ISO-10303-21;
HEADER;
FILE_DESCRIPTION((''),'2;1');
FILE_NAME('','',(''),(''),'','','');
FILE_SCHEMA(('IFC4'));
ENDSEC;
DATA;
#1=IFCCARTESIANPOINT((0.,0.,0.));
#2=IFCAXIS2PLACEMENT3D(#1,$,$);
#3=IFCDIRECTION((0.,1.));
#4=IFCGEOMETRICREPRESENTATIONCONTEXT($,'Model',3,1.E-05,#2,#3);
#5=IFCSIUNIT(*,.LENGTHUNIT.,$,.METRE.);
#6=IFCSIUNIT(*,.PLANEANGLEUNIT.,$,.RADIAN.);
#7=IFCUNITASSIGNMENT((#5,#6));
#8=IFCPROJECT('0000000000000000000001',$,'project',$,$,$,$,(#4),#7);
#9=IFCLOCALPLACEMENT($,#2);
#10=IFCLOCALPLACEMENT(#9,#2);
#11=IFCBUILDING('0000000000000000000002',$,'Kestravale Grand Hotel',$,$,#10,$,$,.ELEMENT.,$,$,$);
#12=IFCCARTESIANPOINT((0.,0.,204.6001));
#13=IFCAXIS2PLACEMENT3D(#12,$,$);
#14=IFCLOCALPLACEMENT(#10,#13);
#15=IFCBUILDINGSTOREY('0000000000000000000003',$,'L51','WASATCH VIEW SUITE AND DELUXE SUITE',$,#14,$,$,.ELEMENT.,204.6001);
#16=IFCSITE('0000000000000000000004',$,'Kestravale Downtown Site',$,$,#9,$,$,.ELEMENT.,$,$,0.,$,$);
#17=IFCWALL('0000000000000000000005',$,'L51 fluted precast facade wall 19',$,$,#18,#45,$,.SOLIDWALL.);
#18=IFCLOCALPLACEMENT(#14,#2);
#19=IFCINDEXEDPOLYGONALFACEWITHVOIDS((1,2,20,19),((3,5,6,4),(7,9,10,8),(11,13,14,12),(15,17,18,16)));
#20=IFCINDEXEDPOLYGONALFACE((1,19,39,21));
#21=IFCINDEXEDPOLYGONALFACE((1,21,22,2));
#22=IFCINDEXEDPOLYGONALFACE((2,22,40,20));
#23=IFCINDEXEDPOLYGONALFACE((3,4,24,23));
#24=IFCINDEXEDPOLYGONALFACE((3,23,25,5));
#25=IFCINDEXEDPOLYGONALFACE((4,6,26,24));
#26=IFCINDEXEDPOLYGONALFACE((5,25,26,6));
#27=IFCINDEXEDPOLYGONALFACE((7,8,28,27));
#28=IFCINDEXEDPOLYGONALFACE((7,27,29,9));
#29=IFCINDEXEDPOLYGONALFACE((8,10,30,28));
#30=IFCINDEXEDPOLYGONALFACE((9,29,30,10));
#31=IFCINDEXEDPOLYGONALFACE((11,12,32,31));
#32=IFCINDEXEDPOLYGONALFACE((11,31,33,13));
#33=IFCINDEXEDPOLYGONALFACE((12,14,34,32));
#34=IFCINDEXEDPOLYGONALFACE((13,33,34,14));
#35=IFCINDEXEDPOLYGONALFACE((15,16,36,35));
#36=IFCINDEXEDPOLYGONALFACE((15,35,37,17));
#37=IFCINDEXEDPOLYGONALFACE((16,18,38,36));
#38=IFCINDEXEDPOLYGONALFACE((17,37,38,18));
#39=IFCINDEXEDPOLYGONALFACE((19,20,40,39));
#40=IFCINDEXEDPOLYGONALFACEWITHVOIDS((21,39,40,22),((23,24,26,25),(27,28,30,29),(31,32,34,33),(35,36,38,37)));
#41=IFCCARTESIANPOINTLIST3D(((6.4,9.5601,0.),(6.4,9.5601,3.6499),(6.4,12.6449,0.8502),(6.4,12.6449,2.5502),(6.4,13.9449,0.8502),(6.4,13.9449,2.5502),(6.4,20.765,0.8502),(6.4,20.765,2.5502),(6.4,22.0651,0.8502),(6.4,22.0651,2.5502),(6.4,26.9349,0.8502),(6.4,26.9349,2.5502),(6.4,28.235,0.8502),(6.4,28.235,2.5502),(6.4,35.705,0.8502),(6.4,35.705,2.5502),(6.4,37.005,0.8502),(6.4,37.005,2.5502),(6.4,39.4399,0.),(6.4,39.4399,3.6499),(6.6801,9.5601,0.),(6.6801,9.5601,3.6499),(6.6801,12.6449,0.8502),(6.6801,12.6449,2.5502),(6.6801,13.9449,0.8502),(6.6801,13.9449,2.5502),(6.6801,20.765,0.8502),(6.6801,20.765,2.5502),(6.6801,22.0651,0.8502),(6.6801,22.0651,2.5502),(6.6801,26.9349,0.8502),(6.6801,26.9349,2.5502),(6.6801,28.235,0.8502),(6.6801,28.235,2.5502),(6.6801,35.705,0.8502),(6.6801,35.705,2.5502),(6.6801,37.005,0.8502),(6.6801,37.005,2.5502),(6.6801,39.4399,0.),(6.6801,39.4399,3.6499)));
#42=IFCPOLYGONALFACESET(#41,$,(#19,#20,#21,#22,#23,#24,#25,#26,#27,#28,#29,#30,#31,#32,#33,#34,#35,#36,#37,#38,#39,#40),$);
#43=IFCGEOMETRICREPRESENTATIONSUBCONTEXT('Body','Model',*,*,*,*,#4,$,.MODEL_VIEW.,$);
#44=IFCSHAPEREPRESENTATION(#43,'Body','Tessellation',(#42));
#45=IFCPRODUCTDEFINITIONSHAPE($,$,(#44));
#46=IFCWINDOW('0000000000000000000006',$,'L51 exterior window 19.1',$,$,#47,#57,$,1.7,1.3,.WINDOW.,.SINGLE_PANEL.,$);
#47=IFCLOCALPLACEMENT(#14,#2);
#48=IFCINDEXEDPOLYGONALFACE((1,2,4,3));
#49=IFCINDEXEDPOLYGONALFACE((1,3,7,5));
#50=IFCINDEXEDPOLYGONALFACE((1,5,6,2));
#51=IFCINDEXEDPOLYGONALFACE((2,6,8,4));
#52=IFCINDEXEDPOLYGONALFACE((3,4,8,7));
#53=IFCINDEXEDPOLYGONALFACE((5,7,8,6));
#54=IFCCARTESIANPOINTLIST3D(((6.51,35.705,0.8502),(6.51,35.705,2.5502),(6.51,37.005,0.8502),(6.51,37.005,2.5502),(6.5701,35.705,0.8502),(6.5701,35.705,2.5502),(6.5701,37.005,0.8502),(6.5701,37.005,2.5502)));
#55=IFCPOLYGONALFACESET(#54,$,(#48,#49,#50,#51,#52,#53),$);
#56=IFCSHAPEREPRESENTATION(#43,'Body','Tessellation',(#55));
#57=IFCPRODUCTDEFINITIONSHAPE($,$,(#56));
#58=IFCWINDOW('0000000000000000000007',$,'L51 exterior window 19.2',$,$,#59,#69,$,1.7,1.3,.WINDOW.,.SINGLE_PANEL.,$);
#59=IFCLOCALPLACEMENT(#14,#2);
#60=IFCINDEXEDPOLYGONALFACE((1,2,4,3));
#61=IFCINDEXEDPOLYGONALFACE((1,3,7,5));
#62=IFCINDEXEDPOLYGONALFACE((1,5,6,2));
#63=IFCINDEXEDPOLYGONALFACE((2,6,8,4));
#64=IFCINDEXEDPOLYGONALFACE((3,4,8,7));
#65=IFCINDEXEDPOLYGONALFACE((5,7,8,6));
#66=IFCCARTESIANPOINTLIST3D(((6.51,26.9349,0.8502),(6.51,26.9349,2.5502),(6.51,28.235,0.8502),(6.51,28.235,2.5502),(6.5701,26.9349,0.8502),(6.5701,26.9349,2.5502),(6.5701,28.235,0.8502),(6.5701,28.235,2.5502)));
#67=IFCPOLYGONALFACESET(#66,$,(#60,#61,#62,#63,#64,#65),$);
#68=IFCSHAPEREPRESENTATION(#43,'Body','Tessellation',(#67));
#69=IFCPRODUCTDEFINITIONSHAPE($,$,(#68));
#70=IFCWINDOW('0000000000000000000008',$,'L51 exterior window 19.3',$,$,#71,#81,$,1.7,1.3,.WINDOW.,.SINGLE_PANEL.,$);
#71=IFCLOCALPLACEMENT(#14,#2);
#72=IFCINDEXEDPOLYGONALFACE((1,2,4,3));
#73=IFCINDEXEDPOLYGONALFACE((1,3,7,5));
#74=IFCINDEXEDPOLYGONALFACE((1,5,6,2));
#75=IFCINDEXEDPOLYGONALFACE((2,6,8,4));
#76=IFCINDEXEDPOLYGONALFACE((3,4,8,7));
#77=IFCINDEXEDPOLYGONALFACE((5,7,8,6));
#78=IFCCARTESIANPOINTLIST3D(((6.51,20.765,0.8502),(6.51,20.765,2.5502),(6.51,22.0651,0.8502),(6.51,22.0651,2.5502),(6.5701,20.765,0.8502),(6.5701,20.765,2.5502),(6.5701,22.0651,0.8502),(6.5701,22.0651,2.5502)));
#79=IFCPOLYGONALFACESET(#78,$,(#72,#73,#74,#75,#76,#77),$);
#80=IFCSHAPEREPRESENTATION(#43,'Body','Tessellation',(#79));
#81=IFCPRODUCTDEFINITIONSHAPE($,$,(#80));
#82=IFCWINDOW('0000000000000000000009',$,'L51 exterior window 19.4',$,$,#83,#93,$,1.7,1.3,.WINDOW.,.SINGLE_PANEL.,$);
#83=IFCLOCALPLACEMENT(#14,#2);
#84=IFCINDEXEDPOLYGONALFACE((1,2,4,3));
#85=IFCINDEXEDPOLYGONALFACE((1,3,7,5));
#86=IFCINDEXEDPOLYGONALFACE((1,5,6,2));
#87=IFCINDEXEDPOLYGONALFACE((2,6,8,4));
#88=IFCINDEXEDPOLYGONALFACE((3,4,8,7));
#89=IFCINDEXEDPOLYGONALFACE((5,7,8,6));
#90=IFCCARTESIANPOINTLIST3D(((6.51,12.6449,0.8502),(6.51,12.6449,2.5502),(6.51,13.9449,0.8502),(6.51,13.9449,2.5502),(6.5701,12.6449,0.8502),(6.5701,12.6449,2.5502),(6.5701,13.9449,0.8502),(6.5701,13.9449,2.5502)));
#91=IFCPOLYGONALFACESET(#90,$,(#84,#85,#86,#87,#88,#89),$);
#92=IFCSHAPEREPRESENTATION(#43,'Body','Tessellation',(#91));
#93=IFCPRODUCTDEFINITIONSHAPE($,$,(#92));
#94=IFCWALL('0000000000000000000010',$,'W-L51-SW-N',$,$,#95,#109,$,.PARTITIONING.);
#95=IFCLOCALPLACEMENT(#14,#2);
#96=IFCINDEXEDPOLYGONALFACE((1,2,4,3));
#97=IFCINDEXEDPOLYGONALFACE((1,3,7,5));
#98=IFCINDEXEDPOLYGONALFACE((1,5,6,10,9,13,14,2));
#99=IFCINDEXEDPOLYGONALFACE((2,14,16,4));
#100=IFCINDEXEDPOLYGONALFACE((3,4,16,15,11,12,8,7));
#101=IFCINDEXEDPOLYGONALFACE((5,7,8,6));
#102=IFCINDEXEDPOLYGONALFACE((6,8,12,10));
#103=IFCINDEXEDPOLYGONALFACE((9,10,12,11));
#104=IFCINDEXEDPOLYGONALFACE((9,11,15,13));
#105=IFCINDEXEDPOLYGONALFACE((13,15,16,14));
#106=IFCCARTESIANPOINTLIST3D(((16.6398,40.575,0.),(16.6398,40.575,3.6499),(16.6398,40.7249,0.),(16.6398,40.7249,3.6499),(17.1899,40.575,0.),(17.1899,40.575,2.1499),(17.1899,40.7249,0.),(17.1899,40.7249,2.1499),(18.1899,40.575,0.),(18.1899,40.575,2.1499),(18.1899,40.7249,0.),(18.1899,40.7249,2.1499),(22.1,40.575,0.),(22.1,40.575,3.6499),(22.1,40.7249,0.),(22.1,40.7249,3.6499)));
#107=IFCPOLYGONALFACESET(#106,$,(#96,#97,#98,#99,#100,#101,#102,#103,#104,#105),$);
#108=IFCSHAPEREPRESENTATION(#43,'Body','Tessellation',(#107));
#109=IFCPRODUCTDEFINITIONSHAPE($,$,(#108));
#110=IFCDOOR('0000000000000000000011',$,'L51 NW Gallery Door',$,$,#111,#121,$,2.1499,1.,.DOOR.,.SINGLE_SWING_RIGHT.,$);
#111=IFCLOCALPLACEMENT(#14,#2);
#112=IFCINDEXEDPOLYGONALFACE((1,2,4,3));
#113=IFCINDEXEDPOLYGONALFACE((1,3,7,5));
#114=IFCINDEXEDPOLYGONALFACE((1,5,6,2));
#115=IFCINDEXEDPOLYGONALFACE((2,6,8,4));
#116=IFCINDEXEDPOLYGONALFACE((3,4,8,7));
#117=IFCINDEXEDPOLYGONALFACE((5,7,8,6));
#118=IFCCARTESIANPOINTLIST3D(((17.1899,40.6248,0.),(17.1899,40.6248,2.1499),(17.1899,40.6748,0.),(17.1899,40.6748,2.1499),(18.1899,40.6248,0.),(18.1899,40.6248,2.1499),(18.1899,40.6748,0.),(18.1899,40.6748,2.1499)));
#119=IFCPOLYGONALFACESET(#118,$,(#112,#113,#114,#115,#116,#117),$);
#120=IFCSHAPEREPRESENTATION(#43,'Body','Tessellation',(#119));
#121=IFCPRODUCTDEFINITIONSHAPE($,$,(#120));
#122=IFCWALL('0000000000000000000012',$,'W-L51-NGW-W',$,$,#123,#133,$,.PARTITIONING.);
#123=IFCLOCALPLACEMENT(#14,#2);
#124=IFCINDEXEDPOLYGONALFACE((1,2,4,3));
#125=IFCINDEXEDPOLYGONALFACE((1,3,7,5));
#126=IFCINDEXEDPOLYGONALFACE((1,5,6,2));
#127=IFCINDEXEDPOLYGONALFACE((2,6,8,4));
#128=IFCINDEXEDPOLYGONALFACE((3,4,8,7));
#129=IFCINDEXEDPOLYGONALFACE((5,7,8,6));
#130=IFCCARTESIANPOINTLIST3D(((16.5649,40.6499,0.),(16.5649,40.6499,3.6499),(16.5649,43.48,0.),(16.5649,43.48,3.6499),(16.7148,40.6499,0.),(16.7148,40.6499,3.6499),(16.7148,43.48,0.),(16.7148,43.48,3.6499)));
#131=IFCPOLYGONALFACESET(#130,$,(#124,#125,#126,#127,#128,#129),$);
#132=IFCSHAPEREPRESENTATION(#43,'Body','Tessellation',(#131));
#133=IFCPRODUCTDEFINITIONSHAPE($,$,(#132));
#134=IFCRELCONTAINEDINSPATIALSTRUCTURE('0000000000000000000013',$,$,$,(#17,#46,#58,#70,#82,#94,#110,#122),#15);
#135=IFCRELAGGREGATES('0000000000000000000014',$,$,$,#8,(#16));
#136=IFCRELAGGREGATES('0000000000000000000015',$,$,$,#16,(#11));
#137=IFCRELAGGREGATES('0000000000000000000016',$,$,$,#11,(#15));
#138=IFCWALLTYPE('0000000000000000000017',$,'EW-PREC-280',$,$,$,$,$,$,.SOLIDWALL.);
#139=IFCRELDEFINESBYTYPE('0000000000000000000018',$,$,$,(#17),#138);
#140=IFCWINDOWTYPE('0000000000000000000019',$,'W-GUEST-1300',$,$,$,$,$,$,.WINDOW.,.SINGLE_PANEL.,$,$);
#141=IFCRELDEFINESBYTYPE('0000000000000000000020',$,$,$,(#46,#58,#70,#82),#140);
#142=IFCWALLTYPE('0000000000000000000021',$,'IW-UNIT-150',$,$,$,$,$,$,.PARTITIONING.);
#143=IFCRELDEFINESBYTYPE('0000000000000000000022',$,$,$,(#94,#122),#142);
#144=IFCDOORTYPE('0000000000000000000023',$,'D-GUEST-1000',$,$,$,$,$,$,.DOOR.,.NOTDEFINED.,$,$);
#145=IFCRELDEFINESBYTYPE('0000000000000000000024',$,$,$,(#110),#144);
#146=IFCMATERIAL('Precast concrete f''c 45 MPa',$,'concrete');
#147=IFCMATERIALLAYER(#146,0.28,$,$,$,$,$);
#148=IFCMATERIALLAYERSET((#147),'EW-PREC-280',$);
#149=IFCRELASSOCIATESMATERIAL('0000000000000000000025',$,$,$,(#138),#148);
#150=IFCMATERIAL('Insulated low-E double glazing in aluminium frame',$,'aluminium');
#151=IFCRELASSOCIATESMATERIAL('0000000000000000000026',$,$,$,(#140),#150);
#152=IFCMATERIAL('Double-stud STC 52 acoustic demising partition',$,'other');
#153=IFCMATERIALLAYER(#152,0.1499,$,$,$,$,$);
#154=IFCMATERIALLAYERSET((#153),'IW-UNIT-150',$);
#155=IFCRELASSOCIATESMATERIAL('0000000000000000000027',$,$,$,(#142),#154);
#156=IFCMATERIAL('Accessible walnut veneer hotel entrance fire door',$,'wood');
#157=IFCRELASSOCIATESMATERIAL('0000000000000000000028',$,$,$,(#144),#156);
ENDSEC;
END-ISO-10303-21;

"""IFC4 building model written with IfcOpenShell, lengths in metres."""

from ifc_helpers import new_model, si_unit, direction, frame, frame_2d, origin, place, context, subcontext, project, spatial, rectangle, extrude, material, layer, layer_set, type_object, element, fill, save


model = new_model("IFC4")

# Units and contexts
model_context = context("Model", 3, precision=1e-05, world=origin(), true_north=direction((0.0, 1.0)))
body_context = subcontext(model_context, "Body", "Model", "MODEL_VIEW")
ifc_project = project(units=[si_unit("LENGTHUNIT", "METRE"), si_unit("PLANEANGLEUNIT", "RADIAN")], contexts=[model_context])

# Site, building, storey
site_placement = place(None, origin())
site = spatial("IfcSite", under=ifc_project, at=site_placement, Name="Kestravale Downtown Site", CompositionType="ELEMENT", RefElevation=0.0)
building_placement = place(site_placement, origin())
building = spatial("IfcBuilding", under=site, at=building_placement, Name="Kestravale Grand Hotel", CompositionType="ELEMENT")
storey_placement = place(building_placement, frame((0.0, 0.0, 204.6001)))
storey = spatial("IfcBuildingStorey", under=building, at=storey_placement, Name="L51", Description="WASATCH VIEW SUITE AND DELUXE SUITE", CompositionType="ELEMENT", Elevation=204.6001)

# Wall, openings, windows
ifc_material_1 = material(Name="Precast concrete f'c 45 MPa", Category="concrete")
ifc_layer_1 = layer(ifc_material_1, 0.28)
ifc_layer_set_1 = layer_set([ifc_layer_1], Name="EW-PREC-280")
wall_type_1 = type_object("IfcWallType", Name="EW-PREC-280", PredefinedType="SOLIDWALL", material=ifc_layer_set_1)
wall_1_placement = place(storey_placement, frame((6.54, 39.4399, 0.0), z_axis=(0.0, 0.0, 1.0), x_axis=(0.0, -1.0, 0.0)))
wall_1 = element("IfcWall", 1, at=wall_1_placement, inside=storey, type_object=wall_type_1, Name="L51 fluted precast facade wall 19", PredefinedType="SOLIDWALL", context=body_context, shape_type="SweptSolid", body=[
    extrude(rectangle(XDim=29.8799, YDim=0.28, at=frame_2d((14.9399, 0.0))), origin(), (0.0, 0.0, 1.0), 3.6499),
])
opening_1_placement = place(wall_1_placement, frame((2.4351, 0.0, 0.8501)))
opening_1 = element("IfcOpeningElement", 2, at=opening_1_placement, cuts=wall_1, PredefinedType="OPENING", context=body_context, shape_type="SweptSolid", body=[
    extrude(rectangle(XDim=1.3, YDim=1.7, at=frame_2d((0.6499, 0.8501))), frame((0.0, 0.1499, 0.0), z_axis=(0.0, -1.0, 0.0), x_axis=(1.0, 0.0, 0.0)), (0.0, 0.0, 1.0), 0.3),
])
opening_2_placement = place(wall_1_placement, frame((11.2051, 0.0, 0.8501)))
opening_2 = element("IfcOpeningElement", 3, at=opening_2_placement, cuts=wall_1, PredefinedType="OPENING", context=body_context, shape_type="SweptSolid", body=[
    extrude(rectangle(XDim=1.3, YDim=1.7, at=frame_2d((0.6499, 0.8501))), frame((0.0, 0.1499, 0.0), z_axis=(0.0, -1.0, 0.0), x_axis=(1.0, 0.0, 0.0)), (0.0, 0.0, 1.0), 0.3),
])
opening_3_placement = place(wall_1_placement, frame((17.375, 0.0, 0.8501)))
opening_3 = element("IfcOpeningElement", 4, at=opening_3_placement, cuts=wall_1, PredefinedType="OPENING", context=body_context, shape_type="SweptSolid", body=[
    extrude(rectangle(XDim=1.3, YDim=1.7, at=frame_2d((0.6499, 0.8501))), frame((0.0, 0.1499, 0.0), z_axis=(0.0, -1.0, 0.0), x_axis=(1.0, 0.0, 0.0)), (0.0, 0.0, 1.0), 0.3),
])
opening_4_placement = place(wall_1_placement, frame((25.4951, 0.0, 0.8501)))
opening_4 = element("IfcOpeningElement", 5, at=opening_4_placement, cuts=wall_1, PredefinedType="OPENING", context=body_context, shape_type="SweptSolid", body=[
    extrude(rectangle(XDim=1.3, YDim=1.7, at=frame_2d((0.6499, 0.8501))), frame((0.0, 0.1499, 0.0), z_axis=(0.0, -1.0, 0.0), x_axis=(1.0, 0.0, 0.0)), (0.0, 0.0, 1.0), 0.3),
])
ifc_material_2 = material(Name="Insulated low-E double glazing in aluminium frame", Category="aluminium")
window_type = type_object("IfcWindowType", Name="W-GUEST-1300", PartitioningType="SINGLE_PANEL", PredefinedType="WINDOW", material=ifc_material_2)
window_1_placement = place(opening_1_placement, origin())
window_1 = element("IfcWindow", 6, at=window_1_placement, inside=storey, type_object=window_type, Name="L51 exterior window 19.1", OverallHeight=1.7, OverallWidth=1.3, PartitioningType="SINGLE_PANEL", PredefinedType="WINDOW", context=body_context, shape_type="SweptSolid", body=[
    extrude(rectangle(XDim=1.3, YDim=1.7, at=frame_2d((0.6499, 0.8501))), frame((0.0, 0.03, 0.0), z_axis=(0.0, -1.0, 0.0), x_axis=(1.0, 0.0, 0.0)), (0.0, 0.0, 1.0), 0.0601),
])
fill(opening_1, window_1)
window_2_placement = place(opening_2_placement, origin())
window_2 = element("IfcWindow", 7, at=window_2_placement, inside=storey, type_object=window_type, Name="L51 exterior window 19.2", OverallHeight=1.7, OverallWidth=1.3, PartitioningType="SINGLE_PANEL", PredefinedType="WINDOW", context=body_context, shape_type="SweptSolid", body=[
    extrude(rectangle(XDim=1.3, YDim=1.7, at=frame_2d((0.6499, 0.8501))), frame((0.0, 0.03, 0.0), z_axis=(0.0, -1.0, 0.0), x_axis=(1.0, 0.0, 0.0)), (0.0, 0.0, 1.0), 0.0601),
])
fill(opening_2, window_2)
window_3_placement = place(opening_3_placement, origin())
window_3 = element("IfcWindow", 8, at=window_3_placement, inside=storey, type_object=window_type, Name="L51 exterior window 19.3", OverallHeight=1.7, OverallWidth=1.3, PartitioningType="SINGLE_PANEL", PredefinedType="WINDOW", context=body_context, shape_type="SweptSolid", body=[
    extrude(rectangle(XDim=1.3, YDim=1.7, at=frame_2d((0.6499, 0.8501))), frame((0.0, 0.03, 0.0), z_axis=(0.0, -1.0, 0.0), x_axis=(1.0, 0.0, 0.0)), (0.0, 0.0, 1.0), 0.0601),
])
fill(opening_3, window_3)
window_4_placement = place(opening_4_placement, origin())
window_4 = element("IfcWindow", 9, at=window_4_placement, inside=storey, type_object=window_type, Name="L51 exterior window 19.4", OverallHeight=1.7, OverallWidth=1.3, PartitioningType="SINGLE_PANEL", PredefinedType="WINDOW", context=body_context, shape_type="SweptSolid", body=[
    extrude(rectangle(XDim=1.3, YDim=1.7, at=frame_2d((0.6499, 0.8501))), frame((0.0, 0.03, 0.0), z_axis=(0.0, -1.0, 0.0), x_axis=(1.0, 0.0, 0.0)), (0.0, 0.0, 1.0), 0.0601),
])
fill(opening_4, window_4)

# Wall, opening, door
ifc_material_3 = material(Name="Double-stud STC 52 acoustic demising partition", Category="other")
ifc_layer_2 = layer(ifc_material_3, 0.1499)
ifc_layer_set_2 = layer_set([ifc_layer_2], Name="IW-UNIT-150")
wall_type_2 = type_object("IfcWallType", Name="IW-UNIT-150", PredefinedType="PARTITIONING", material=ifc_layer_set_2)
wall_2_placement = place(storey_placement, frame((16.6399, 40.6499, 0.0), z_axis=(0.0, 0.0, 1.0), x_axis=(1.0, 0.0, 0.0)))
wall_2 = element("IfcWall", 10, at=wall_2_placement, inside=storey, type_object=wall_type_2, Name="W-L51-SW-N", PredefinedType="PARTITIONING", context=body_context, shape_type="SweptSolid", body=[
    extrude(rectangle(XDim=5.4602, YDim=0.1499, at=frame_2d((2.73, 0.0))), origin(), (0.0, 0.0, 1.0), 3.6499),
])
opening_5_placement = place(wall_2_placement, frame((0.55, 0.0, 0.0)))
opening_5 = element("IfcOpeningElement", 11, at=opening_5_placement, cuts=wall_2, PredefinedType="OPENING", context=body_context, shape_type="SweptSolid", body=[
    extrude(rectangle(XDim=1.0, YDim=2.1499, at=frame_2d((0.5, 1.075))), frame((0.0, 0.085, 0.0), z_axis=(0.0, -1.0, 0.0), x_axis=(1.0, 0.0, 0.0)), (0.0, 0.0, 1.0), 0.1699),
])
ifc_material_4 = material(Name="Accessible walnut veneer hotel entrance fire door", Category="wood")
door_type = type_object("IfcDoorType", Name="D-GUEST-1000", OperationType="NOTDEFINED", PredefinedType="DOOR", material=ifc_material_4)
door_placement = place(opening_5_placement, origin())
door = element("IfcDoor", 12, at=door_placement, inside=storey, type_object=door_type, Name="L51 NW Gallery Door", OperationType="SINGLE_SWING_RIGHT", OverallHeight=2.1499, OverallWidth=1.0, PredefinedType="DOOR", context=body_context, shape_type="SweptSolid", body=[
    extrude(rectangle(XDim=1.0, YDim=2.1499, at=frame_2d((0.5, 1.075))), frame((0.0, 0.0249, 0.0), z_axis=(0.0, -1.0, 0.0), x_axis=(1.0, 0.0, 0.0)), (0.0, 0.0, 1.0), 0.05),
])
fill(opening_5, door)

# Wall
wall_3_placement = place(storey_placement, frame((16.6399, 40.6499, 0.0), z_axis=(0.0, 0.0, 1.0), x_axis=(0.0, 1.0, 0.0)))
element("IfcWall", 13, at=wall_3_placement, inside=storey, type_object=wall_type_2, Name="W-L51-NGW-W", PredefinedType="PARTITIONING", context=body_context, shape_type="SweptSolid", body=[
    extrude(rectangle(XDim=2.8301, YDim=0.1499, at=frame_2d((1.415, 0.0))), origin(), (0.0, 0.0, 1.0), 3.6499),
])

save(model, "model.ifc")
